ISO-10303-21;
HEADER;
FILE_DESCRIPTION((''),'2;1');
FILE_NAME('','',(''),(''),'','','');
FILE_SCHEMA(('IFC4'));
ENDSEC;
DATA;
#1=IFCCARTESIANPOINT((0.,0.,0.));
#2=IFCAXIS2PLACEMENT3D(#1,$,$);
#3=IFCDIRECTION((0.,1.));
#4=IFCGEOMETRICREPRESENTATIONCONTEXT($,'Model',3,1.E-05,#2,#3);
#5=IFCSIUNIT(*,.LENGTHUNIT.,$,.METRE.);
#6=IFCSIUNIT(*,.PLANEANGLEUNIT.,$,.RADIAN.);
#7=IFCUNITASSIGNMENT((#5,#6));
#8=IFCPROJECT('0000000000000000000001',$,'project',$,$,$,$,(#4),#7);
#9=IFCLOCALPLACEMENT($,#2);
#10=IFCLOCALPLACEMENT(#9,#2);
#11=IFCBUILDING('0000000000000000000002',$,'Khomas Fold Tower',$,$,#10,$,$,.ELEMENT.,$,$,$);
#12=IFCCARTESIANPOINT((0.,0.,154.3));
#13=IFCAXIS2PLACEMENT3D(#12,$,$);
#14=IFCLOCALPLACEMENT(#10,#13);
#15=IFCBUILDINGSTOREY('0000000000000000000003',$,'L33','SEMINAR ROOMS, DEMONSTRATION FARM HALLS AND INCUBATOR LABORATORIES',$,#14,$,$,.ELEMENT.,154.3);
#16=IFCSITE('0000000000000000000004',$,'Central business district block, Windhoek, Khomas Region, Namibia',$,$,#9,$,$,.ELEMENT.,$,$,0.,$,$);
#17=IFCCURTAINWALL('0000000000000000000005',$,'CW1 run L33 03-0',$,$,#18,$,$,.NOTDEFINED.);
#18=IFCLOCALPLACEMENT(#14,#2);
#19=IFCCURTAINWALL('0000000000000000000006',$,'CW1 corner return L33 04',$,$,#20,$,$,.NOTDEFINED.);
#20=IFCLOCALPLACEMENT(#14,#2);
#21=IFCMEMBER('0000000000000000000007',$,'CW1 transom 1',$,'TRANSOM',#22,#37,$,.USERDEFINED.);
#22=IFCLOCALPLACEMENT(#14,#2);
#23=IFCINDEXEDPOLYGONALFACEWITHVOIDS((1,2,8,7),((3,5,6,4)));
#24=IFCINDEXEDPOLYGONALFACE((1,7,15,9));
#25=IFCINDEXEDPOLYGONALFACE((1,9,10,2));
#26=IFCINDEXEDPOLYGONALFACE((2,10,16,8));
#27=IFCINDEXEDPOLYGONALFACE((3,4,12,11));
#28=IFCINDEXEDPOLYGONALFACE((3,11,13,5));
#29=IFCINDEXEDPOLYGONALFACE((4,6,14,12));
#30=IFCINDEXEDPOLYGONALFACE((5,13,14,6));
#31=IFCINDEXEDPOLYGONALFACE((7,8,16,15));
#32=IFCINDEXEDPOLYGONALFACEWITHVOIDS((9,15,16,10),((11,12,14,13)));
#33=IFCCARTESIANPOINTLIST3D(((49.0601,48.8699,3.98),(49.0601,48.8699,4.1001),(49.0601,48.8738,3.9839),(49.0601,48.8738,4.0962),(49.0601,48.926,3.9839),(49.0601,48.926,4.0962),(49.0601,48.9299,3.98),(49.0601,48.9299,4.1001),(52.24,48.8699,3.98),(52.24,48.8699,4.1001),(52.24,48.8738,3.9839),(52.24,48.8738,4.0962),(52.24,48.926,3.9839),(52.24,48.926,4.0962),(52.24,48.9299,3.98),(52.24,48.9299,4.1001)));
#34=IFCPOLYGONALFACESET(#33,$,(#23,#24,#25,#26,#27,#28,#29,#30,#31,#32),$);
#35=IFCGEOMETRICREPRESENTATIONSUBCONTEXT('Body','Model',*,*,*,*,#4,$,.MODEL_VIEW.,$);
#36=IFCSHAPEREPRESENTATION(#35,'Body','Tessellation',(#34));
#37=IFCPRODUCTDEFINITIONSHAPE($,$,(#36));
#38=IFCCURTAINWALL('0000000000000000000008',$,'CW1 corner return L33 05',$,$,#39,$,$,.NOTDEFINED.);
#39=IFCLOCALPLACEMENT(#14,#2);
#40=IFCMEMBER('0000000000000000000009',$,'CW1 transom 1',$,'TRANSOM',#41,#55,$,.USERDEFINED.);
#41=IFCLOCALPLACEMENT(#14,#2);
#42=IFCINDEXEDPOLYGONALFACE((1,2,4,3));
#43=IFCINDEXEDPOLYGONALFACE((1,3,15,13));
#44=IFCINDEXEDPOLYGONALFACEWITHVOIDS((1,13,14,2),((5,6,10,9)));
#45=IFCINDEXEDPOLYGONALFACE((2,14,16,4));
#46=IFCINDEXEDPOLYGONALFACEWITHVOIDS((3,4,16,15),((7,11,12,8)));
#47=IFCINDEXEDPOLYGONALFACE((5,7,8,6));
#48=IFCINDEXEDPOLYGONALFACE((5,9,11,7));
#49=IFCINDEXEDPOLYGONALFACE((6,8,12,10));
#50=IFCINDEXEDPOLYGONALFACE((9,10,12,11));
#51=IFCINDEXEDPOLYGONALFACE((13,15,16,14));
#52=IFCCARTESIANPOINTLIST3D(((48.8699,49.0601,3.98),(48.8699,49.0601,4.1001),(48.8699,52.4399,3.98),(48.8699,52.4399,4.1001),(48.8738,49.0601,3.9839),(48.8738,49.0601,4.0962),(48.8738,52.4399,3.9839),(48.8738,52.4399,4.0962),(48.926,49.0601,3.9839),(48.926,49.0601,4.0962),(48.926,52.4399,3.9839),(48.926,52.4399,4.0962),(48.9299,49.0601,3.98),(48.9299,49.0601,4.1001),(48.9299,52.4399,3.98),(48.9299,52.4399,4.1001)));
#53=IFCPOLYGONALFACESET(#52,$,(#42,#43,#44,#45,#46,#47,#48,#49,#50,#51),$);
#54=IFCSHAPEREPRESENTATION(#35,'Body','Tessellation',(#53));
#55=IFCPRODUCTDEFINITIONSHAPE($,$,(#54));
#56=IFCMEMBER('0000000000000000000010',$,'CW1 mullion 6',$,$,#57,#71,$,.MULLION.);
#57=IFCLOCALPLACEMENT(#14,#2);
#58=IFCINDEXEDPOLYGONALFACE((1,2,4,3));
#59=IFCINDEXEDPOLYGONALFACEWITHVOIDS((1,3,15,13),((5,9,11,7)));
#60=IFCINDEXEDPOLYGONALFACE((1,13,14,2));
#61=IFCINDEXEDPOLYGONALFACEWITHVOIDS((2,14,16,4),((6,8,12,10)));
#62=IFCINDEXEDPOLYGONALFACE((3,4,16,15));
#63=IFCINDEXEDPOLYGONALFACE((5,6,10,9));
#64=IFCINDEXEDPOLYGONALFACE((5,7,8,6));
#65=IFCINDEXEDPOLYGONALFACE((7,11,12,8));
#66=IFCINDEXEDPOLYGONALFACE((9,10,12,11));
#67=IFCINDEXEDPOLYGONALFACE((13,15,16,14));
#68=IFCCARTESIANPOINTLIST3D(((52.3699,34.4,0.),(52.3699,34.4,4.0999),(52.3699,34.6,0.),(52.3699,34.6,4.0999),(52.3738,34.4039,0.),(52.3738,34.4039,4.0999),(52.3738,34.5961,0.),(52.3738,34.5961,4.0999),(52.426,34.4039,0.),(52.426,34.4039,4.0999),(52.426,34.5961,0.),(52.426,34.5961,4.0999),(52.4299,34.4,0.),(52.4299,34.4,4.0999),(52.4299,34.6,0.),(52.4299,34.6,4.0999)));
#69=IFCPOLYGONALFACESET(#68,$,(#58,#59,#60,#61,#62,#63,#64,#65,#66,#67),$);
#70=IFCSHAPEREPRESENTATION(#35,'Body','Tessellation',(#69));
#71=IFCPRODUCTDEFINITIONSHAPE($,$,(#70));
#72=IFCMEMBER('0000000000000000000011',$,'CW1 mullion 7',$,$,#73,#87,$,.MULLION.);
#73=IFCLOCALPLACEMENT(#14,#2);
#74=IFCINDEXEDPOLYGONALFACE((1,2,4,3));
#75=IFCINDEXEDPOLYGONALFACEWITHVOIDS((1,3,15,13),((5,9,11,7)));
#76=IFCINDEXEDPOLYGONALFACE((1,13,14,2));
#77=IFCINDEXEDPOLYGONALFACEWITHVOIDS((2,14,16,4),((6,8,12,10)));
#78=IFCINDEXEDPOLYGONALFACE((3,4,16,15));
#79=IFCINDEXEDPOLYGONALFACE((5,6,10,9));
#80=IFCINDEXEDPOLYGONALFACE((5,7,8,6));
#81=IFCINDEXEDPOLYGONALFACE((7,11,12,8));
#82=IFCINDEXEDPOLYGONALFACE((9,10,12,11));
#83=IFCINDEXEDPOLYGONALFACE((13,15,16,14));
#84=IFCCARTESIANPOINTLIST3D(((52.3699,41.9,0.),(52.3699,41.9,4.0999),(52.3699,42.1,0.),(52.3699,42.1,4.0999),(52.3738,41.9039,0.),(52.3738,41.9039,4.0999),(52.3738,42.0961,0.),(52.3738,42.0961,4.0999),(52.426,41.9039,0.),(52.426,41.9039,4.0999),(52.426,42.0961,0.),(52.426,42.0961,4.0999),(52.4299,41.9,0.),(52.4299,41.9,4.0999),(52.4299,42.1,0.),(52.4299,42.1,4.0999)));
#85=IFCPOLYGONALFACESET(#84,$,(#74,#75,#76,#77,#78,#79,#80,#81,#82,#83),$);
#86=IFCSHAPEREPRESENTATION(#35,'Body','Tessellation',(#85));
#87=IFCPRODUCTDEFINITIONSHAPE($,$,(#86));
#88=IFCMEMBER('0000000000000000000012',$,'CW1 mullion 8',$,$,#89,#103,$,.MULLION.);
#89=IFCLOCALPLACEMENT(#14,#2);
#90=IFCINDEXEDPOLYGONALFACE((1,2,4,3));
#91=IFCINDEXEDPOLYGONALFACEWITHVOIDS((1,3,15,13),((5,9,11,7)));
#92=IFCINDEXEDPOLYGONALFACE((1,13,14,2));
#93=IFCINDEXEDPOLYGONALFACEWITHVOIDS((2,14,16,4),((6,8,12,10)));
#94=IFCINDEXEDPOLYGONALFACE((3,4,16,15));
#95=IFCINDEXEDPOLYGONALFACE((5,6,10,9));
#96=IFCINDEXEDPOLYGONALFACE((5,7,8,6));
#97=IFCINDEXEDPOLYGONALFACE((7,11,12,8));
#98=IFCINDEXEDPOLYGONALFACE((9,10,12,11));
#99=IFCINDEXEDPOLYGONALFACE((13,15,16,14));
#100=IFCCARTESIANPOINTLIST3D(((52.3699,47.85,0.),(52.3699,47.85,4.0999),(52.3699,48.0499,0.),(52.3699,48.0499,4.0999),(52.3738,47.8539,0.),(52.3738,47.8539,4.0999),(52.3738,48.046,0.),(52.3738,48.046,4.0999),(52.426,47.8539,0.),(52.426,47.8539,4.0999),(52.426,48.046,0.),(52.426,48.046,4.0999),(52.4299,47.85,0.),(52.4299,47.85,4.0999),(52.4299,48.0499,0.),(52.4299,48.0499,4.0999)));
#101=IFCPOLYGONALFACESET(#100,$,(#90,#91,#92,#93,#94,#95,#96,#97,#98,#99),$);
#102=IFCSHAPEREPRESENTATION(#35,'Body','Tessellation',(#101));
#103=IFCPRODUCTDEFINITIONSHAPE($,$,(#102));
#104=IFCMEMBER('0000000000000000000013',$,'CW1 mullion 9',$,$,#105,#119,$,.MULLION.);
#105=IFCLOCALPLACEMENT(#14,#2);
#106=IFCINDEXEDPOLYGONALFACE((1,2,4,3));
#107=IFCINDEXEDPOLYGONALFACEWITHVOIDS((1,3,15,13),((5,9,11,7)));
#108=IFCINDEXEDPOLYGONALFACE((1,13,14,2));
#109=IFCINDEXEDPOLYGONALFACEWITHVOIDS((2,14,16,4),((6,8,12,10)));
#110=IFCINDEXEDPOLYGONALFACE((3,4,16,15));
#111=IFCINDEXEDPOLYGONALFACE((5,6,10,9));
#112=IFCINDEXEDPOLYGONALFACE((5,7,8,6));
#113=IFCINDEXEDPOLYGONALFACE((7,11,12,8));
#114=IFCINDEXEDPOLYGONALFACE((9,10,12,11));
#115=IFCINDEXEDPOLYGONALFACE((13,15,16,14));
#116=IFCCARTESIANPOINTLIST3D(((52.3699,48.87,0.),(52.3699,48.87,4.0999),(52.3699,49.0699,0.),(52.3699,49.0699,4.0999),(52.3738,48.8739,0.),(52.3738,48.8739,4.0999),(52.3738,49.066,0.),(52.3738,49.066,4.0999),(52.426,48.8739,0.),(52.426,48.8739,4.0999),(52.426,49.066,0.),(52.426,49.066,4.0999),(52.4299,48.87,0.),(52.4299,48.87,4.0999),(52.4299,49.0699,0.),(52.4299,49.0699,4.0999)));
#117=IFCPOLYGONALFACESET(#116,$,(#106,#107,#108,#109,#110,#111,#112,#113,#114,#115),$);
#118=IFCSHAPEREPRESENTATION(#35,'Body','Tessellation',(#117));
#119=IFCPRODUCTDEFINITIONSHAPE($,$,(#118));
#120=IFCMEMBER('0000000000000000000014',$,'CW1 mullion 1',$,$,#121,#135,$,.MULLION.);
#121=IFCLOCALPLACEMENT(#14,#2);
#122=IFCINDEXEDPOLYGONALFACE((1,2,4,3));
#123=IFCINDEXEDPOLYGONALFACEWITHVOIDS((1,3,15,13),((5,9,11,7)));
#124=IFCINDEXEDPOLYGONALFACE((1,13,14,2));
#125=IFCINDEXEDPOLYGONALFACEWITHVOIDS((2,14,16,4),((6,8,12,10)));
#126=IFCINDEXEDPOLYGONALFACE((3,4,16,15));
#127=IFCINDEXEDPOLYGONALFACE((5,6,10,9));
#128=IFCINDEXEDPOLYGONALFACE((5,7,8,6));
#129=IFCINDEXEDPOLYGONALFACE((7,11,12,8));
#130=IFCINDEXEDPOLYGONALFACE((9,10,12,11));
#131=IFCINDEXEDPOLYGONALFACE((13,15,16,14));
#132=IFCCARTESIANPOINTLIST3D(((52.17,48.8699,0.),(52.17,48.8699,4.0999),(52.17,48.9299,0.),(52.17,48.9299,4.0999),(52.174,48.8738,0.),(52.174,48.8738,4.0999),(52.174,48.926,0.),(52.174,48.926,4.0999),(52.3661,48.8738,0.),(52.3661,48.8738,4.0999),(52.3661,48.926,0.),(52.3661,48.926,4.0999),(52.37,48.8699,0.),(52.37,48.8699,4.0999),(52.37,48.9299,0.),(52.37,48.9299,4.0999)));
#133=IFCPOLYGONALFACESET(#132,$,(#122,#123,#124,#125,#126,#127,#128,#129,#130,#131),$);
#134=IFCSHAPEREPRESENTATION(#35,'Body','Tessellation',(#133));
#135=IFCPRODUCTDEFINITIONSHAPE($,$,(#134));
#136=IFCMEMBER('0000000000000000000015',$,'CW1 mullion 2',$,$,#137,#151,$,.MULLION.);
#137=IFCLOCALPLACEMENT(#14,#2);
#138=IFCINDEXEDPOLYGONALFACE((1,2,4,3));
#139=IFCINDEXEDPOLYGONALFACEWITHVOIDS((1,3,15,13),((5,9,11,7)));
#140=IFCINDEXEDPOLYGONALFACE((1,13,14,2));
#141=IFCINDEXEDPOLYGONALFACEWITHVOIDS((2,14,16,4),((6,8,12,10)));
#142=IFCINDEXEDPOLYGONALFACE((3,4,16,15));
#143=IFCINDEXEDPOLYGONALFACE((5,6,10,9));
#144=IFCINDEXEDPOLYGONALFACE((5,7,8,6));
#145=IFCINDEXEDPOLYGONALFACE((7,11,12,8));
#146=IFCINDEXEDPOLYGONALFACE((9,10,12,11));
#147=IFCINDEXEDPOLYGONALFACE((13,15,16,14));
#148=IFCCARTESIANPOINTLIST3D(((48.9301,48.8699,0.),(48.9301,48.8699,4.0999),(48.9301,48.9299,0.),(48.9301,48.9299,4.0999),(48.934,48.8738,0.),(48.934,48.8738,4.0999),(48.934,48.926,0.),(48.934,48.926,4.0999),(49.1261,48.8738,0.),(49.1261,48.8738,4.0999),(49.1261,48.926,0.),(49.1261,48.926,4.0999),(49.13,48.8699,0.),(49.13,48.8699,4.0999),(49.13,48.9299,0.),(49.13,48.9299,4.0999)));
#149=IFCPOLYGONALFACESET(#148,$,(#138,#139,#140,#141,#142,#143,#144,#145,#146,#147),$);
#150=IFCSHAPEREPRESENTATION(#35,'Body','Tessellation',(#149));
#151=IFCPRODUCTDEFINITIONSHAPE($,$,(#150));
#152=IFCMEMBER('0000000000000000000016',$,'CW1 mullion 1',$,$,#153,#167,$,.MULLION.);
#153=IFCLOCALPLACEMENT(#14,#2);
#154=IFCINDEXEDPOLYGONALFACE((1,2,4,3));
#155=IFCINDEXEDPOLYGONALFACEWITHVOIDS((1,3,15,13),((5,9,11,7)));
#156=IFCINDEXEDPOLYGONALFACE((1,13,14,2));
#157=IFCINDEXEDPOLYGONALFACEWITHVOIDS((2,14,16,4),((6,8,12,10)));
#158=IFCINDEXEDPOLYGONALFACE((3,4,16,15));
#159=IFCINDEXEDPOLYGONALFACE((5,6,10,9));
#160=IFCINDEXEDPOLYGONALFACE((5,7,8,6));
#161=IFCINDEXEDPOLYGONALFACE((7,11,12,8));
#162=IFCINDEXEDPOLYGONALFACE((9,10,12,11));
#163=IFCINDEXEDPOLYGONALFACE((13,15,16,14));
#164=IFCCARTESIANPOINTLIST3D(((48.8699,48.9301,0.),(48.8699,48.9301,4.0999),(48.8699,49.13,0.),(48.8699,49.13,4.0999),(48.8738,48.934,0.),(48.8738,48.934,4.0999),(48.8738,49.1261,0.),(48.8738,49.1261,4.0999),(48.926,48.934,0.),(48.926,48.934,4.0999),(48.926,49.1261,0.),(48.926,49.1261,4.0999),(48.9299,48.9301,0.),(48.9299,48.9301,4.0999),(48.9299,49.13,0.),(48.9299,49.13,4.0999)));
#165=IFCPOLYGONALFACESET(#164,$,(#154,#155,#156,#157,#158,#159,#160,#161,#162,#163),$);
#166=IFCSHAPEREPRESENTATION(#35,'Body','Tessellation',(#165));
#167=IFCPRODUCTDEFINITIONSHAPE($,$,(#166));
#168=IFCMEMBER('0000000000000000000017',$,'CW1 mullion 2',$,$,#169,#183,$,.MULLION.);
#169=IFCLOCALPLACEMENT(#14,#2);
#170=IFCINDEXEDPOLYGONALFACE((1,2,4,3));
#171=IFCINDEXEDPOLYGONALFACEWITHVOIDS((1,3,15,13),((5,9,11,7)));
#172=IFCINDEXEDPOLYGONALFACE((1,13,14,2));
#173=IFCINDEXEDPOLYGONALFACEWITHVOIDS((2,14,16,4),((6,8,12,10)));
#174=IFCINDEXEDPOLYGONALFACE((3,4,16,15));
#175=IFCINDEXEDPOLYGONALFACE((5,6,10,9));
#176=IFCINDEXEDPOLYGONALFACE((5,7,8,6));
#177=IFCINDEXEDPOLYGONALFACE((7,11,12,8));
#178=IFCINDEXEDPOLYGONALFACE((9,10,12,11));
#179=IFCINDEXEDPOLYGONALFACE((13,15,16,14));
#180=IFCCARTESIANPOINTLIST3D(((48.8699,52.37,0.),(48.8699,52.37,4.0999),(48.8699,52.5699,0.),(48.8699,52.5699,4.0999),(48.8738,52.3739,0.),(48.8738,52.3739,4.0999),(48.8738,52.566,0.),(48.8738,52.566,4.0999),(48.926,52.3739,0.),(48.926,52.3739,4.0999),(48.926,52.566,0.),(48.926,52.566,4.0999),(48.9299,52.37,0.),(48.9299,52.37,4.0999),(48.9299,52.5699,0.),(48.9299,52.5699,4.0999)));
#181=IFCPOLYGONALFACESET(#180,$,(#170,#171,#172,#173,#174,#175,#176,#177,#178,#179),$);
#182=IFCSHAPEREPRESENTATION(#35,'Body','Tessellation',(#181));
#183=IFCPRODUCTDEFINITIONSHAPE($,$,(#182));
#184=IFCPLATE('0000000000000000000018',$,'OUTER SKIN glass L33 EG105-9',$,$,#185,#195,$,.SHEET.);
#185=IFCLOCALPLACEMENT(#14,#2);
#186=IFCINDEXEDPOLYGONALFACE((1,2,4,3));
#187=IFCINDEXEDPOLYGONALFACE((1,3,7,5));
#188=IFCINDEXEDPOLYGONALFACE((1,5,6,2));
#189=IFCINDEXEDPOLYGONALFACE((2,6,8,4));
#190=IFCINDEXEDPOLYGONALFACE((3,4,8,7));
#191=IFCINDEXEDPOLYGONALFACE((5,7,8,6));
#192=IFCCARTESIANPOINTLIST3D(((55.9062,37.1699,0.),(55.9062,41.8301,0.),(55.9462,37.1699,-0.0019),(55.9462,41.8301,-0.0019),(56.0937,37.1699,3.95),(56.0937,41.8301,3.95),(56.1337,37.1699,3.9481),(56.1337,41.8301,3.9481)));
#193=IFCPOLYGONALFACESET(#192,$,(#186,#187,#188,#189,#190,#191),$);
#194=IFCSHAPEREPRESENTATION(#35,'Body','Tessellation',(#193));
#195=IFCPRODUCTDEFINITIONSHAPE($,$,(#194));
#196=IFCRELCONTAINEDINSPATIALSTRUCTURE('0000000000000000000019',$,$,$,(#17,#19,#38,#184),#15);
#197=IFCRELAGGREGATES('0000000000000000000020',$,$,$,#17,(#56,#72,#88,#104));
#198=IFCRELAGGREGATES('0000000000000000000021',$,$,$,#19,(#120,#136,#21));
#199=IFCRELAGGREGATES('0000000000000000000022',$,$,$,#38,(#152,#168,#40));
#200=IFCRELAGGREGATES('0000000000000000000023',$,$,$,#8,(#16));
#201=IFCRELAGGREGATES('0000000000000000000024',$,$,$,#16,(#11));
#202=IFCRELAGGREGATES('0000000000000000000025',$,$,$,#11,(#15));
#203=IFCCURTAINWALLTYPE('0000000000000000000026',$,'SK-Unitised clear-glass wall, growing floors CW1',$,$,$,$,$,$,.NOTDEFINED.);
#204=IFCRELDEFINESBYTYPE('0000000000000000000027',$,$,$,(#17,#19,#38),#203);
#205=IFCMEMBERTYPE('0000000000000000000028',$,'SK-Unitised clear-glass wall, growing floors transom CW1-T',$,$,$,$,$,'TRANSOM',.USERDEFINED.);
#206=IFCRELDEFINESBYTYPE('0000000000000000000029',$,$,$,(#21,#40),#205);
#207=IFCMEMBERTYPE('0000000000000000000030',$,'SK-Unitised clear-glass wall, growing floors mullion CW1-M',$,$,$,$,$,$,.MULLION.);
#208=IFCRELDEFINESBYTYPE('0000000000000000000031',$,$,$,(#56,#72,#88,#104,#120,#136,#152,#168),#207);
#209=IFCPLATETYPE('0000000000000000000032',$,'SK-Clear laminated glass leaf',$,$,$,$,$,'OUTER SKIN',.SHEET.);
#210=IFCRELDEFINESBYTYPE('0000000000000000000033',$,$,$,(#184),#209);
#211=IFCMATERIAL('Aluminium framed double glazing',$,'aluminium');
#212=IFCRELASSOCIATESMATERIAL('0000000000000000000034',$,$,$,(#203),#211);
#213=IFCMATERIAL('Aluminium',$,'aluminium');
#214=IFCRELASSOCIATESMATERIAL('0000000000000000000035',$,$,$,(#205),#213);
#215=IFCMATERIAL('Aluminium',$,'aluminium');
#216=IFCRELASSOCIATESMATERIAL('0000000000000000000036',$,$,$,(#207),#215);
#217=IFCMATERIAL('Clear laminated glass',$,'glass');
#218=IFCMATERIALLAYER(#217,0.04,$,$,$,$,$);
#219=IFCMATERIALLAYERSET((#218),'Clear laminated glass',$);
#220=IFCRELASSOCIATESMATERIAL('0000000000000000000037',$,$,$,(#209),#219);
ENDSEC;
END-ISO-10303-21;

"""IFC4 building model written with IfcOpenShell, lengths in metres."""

from ifc_helpers import new_model, si_unit, direction, frame, origin, origin_2d, place, context, subcontext, project, spatial, polyline, hollow_rectangle, outline, extrude, source, transform, mapped, material, layer, layer_set, material_profile, profile_set, type_object, element, aggregate, save


model = new_model("IFC4")

# Units and contexts
model_context = context("Model", 3, precision=1e-05, world=origin(), true_north=direction((0.0, 1.0)))
body_context = subcontext(model_context, "Body", "Model", "MODEL_VIEW")
ifc_project = project(units=[si_unit("LENGTHUNIT", "METRE"), si_unit("PLANEANGLEUNIT", "RADIAN")], contexts=[model_context])

# Site, building, storey
site_placement = place(None, origin())
site = spatial("IfcSite", under=ifc_project, at=site_placement, Name="Central business district block, Windhoek, Khomas Region, Namibia", CompositionType="ELEMENT", RefElevation=0.0)
building_placement = place(site_placement, origin())
building = spatial("IfcBuilding", under=site, at=building_placement, Name="Khomas Fold Tower", CompositionType="ELEMENT")
storey_placement = place(building_placement, frame((0.0, 0.0, 154.3)))
storey = spatial("IfcBuildingStorey", under=building, at=storey_placement, Name="L33", Description="SEMINAR ROOMS, DEMONSTRATION FARM HALLS AND INCUBATOR LABORATORIES", CompositionType="ELEMENT", Elevation=154.3)

# Curtain wall
ifc_material_1 = material(Name="Aluminium framed double glazing", Category="aluminium")
curtain_wall_type = type_object("IfcCurtainWallType", Name="SK-Unitised clear-glass wall, growing floors CW1", PredefinedType="NOTDEFINED", material=ifc_material_1)
curtain_wall_1_placement = place(storey_placement, origin())
curtain_wall_1 = element("IfcCurtainWall", 1, at=curtain_wall_1_placement, inside=storey, type_object=curtain_wall_type, Name="CW1 run L33 03-0", PredefinedType="NOTDEFINED")
ifc_material_2 = material(Name="Aluminium", Category="aluminium")
ifc_material_profile_1 = material_profile(ifc_material_2, hollow_rectangle(XDim=0.0601, YDim=0.1201, WallThickness=0.0039, at=origin_2d()), Name="SK-Unitised clear-glass wall, growing floors transom CW1-T")
ifc_profile_set_1 = profile_set([ifc_material_profile_1], Name="Aluminium")
member_type_1 = type_object("IfcMemberType", Name="SK-Unitised clear-glass wall, growing floors transom CW1-T", ElementType="TRANSOM", PredefinedType="USERDEFINED", material=ifc_profile_set_1)

# Curtain walls, members
curtain_wall_2_placement = place(storey_placement, origin())
curtain_wall_2 = element("IfcCurtainWall", 2, at=curtain_wall_2_placement, inside=storey, type_object=curtain_wall_type, Name="CW1 corner return L33 04", PredefinedType="NOTDEFINED")
shared_shape_1 = source(origin(), body_context, "Body", "SweptSolid", [
    extrude(hollow_rectangle(XDim=0.0601, YDim=0.1201, WallThickness=0.0039, at=origin_2d()), origin(), (0.0, 0.0, 1.0), 3.1799),
])
member_1_placement = place(storey_placement, frame((52.24, 48.8999, 4.04), z_axis=(-1.0, 0.0, 0.0), x_axis=(0.0, -1.0, 0.0)))
member_1 = element("IfcMember", 3, at=member_1_placement, type_object=member_type_1, Name="CW1 transom 1", ObjectType="TRANSOM", PredefinedType="USERDEFINED", context=body_context, shape_type="MappedRepresentation", body=[
    mapped(shared_shape_1, transform((0.0, 0.0, 0.0))),
])
curtain_wall_3_placement = place(storey_placement, origin())
curtain_wall_3 = element("IfcCurtainWall", 4, at=curtain_wall_3_placement, inside=storey, type_object=curtain_wall_type, Name="CW1 corner return L33 05", PredefinedType="NOTDEFINED")
shared_shape_2 = source(origin(), body_context, "Body", "SweptSolid", [
    extrude(hollow_rectangle(XDim=0.0601, YDim=0.1201, WallThickness=0.0039, at=origin_2d()), origin(), (0.0, 0.0, 1.0), 3.3799),
])
member_2_placement = place(storey_placement, frame((48.8999, 49.0601, 4.04), z_axis=(0.0, 1.0, 0.0), x_axis=(-1.0, 0.0, 0.0)))
member_2 = element("IfcMember", 5, at=member_2_placement, type_object=member_type_1, Name="CW1 transom 1", ObjectType="TRANSOM", PredefinedType="USERDEFINED", context=body_context, shape_type="MappedRepresentation", body=[
    mapped(shared_shape_2, transform((0.0, 0.0, 0.0))),
])

# Members
ifc_material_3 = material(Name="Aluminium", Category="aluminium")
ifc_material_profile_2 = material_profile(ifc_material_3, hollow_rectangle(XDim=0.0601, YDim=0.2, WallThickness=0.0039, at=origin_2d()), Name="SK-Unitised clear-glass wall, growing floors mullion CW1-M")
ifc_profile_set_2 = profile_set([ifc_material_profile_2], Name="Aluminium")
member_type_2 = type_object("IfcMemberType", Name="SK-Unitised clear-glass wall, growing floors mullion CW1-M", PredefinedType="MULLION", material=ifc_profile_set_2)
shared_shape_3 = source(origin(), body_context, "Body", "SweptSolid", [
    extrude(hollow_rectangle(XDim=0.0601, YDim=0.2, WallThickness=0.0039, at=origin_2d()), origin(), (0.0, 0.0, 1.0), 4.0999),
])
member_3_placement = place(storey_placement, frame((52.3999, 34.5, 0.0), z_axis=(0.0, 0.0, 1.0), x_axis=(-1.0, 0.0, 0.0)))
member_3 = element("IfcMember", 6, at=member_3_placement, type_object=member_type_2, Name="CW1 mullion 6", PredefinedType="MULLION", context=body_context, shape_type="MappedRepresentation", body=[
    mapped(shared_shape_3, transform((0.0, 0.0, 0.0))),
])
member_4_placement = place(storey_placement, frame((52.3999, 42.0, 0.0), z_axis=(0.0, 0.0, 1.0), x_axis=(-1.0, 0.0, 0.0)))
member_4 = element("IfcMember", 7, at=member_4_placement, type_object=member_type_2, Name="CW1 mullion 7", PredefinedType="MULLION", context=body_context, shape_type="MappedRepresentation", body=[
    mapped(shared_shape_3, transform((0.0, 0.0, 0.0))),
])
member_5_placement = place(storey_placement, frame((52.3999, 47.95, 0.0), z_axis=(0.0, 0.0, 1.0), x_axis=(-1.0, 0.0, 0.0)))
member_5 = element("IfcMember", 8, at=member_5_placement, type_object=member_type_2, Name="CW1 mullion 8", PredefinedType="MULLION", context=body_context, shape_type="MappedRepresentation", body=[
    mapped(shared_shape_3, transform((0.0, 0.0, 0.0))),
])
member_6_placement = place(storey_placement, frame((52.3999, 48.97, 0.0), z_axis=(0.0, 0.0, 1.0), x_axis=(-1.0, 0.0, 0.0)))
member_6 = element("IfcMember", 9, at=member_6_placement, type_object=member_type_2, Name="CW1 mullion 9", PredefinedType="MULLION", context=body_context, shape_type="MappedRepresentation", body=[
    mapped(shared_shape_3, transform((0.0, 0.0, 0.0))),
])
member_7_placement = place(storey_placement, frame((52.27, 48.8999, 0.0), z_axis=(0.0, 0.0, 1.0), x_axis=(0.0, -1.0, 0.0)))
member_7 = element("IfcMember", 10, at=member_7_placement, type_object=member_type_2, Name="CW1 mullion 1", PredefinedType="MULLION", context=body_context, shape_type="MappedRepresentation", body=[
    mapped(shared_shape_3, transform((0.0, 0.0, 0.0))),
])
member_8_placement = place(storey_placement, frame((49.03, 48.8999, 0.0), z_axis=(0.0, 0.0, 1.0), x_axis=(0.0, -1.0, 0.0)))
member_8 = element("IfcMember", 11, at=member_8_placement, type_object=member_type_2, Name="CW1 mullion 2", PredefinedType="MULLION", context=body_context, shape_type="MappedRepresentation", body=[
    mapped(shared_shape_3, transform((0.0, 0.0, 0.0))),
])
member_9_placement = place(storey_placement, frame((48.8999, 49.03, 0.0), z_axis=(0.0, 0.0, 1.0), x_axis=(-1.0, 0.0, 0.0)))
member_9 = element("IfcMember", 12, at=member_9_placement, type_object=member_type_2, Name="CW1 mullion 1", PredefinedType="MULLION", context=body_context, shape_type="MappedRepresentation", body=[
    mapped(shared_shape_3, transform((0.0, 0.0, 0.0))),
])
member_10_placement = place(storey_placement, frame((48.8999, 52.47, 0.0), z_axis=(0.0, 0.0, 1.0), x_axis=(-1.0, 0.0, 0.0)))
member_10 = element("IfcMember", 13, at=member_10_placement, type_object=member_type_2, Name="CW1 mullion 2", PredefinedType="MULLION", context=body_context, shape_type="MappedRepresentation", body=[
    mapped(shared_shape_3, transform((0.0, 0.0, 0.0))),
])

# Plate
ifc_material_4 = material(Name="Clear laminated glass", Category="glass")
ifc_layer_1 = layer(ifc_material_4, 0.04)
ifc_layer_set_1 = layer_set([ifc_layer_1], Name="Clear laminated glass")
plate_type_1 = type_object("IfcPlateType", Name="SK-Clear laminated glass leaf", ElementType="OUTER SKIN", PredefinedType="SHEET", material=ifc_layer_set_1)
plate_1_placement = place(storey_placement, frame((55.9062, 37.1699, 0.0), z_axis=(-0.998875, 0.0, 0.047416), x_axis=(0.047416, 0.0, 0.998875)))
element("IfcPlate", 14, at=plate_1_placement, inside=storey, type_object=plate_type_1, Name="OUTER SKIN glass L33 EG105-9", PredefinedType="SHEET", context=body_context, shape_type="SweptSolid", body=[
    extrude(outline(polyline([(0.0, 0.0), (3.9544, 0.0), (3.9544, 4.6602), (0.0, 4.6602), (0.0, 0.0)])), origin(), (0.0, 0.0, -1.0), 0.04),
])

aggregate(curtain_wall_1, [member_3, member_4, member_5, member_6])
aggregate(curtain_wall_2, [member_7, member_8, member_1])
aggregate(curtain_wall_3, [member_9, member_10, member_2])

save(model, "model.ifc")
